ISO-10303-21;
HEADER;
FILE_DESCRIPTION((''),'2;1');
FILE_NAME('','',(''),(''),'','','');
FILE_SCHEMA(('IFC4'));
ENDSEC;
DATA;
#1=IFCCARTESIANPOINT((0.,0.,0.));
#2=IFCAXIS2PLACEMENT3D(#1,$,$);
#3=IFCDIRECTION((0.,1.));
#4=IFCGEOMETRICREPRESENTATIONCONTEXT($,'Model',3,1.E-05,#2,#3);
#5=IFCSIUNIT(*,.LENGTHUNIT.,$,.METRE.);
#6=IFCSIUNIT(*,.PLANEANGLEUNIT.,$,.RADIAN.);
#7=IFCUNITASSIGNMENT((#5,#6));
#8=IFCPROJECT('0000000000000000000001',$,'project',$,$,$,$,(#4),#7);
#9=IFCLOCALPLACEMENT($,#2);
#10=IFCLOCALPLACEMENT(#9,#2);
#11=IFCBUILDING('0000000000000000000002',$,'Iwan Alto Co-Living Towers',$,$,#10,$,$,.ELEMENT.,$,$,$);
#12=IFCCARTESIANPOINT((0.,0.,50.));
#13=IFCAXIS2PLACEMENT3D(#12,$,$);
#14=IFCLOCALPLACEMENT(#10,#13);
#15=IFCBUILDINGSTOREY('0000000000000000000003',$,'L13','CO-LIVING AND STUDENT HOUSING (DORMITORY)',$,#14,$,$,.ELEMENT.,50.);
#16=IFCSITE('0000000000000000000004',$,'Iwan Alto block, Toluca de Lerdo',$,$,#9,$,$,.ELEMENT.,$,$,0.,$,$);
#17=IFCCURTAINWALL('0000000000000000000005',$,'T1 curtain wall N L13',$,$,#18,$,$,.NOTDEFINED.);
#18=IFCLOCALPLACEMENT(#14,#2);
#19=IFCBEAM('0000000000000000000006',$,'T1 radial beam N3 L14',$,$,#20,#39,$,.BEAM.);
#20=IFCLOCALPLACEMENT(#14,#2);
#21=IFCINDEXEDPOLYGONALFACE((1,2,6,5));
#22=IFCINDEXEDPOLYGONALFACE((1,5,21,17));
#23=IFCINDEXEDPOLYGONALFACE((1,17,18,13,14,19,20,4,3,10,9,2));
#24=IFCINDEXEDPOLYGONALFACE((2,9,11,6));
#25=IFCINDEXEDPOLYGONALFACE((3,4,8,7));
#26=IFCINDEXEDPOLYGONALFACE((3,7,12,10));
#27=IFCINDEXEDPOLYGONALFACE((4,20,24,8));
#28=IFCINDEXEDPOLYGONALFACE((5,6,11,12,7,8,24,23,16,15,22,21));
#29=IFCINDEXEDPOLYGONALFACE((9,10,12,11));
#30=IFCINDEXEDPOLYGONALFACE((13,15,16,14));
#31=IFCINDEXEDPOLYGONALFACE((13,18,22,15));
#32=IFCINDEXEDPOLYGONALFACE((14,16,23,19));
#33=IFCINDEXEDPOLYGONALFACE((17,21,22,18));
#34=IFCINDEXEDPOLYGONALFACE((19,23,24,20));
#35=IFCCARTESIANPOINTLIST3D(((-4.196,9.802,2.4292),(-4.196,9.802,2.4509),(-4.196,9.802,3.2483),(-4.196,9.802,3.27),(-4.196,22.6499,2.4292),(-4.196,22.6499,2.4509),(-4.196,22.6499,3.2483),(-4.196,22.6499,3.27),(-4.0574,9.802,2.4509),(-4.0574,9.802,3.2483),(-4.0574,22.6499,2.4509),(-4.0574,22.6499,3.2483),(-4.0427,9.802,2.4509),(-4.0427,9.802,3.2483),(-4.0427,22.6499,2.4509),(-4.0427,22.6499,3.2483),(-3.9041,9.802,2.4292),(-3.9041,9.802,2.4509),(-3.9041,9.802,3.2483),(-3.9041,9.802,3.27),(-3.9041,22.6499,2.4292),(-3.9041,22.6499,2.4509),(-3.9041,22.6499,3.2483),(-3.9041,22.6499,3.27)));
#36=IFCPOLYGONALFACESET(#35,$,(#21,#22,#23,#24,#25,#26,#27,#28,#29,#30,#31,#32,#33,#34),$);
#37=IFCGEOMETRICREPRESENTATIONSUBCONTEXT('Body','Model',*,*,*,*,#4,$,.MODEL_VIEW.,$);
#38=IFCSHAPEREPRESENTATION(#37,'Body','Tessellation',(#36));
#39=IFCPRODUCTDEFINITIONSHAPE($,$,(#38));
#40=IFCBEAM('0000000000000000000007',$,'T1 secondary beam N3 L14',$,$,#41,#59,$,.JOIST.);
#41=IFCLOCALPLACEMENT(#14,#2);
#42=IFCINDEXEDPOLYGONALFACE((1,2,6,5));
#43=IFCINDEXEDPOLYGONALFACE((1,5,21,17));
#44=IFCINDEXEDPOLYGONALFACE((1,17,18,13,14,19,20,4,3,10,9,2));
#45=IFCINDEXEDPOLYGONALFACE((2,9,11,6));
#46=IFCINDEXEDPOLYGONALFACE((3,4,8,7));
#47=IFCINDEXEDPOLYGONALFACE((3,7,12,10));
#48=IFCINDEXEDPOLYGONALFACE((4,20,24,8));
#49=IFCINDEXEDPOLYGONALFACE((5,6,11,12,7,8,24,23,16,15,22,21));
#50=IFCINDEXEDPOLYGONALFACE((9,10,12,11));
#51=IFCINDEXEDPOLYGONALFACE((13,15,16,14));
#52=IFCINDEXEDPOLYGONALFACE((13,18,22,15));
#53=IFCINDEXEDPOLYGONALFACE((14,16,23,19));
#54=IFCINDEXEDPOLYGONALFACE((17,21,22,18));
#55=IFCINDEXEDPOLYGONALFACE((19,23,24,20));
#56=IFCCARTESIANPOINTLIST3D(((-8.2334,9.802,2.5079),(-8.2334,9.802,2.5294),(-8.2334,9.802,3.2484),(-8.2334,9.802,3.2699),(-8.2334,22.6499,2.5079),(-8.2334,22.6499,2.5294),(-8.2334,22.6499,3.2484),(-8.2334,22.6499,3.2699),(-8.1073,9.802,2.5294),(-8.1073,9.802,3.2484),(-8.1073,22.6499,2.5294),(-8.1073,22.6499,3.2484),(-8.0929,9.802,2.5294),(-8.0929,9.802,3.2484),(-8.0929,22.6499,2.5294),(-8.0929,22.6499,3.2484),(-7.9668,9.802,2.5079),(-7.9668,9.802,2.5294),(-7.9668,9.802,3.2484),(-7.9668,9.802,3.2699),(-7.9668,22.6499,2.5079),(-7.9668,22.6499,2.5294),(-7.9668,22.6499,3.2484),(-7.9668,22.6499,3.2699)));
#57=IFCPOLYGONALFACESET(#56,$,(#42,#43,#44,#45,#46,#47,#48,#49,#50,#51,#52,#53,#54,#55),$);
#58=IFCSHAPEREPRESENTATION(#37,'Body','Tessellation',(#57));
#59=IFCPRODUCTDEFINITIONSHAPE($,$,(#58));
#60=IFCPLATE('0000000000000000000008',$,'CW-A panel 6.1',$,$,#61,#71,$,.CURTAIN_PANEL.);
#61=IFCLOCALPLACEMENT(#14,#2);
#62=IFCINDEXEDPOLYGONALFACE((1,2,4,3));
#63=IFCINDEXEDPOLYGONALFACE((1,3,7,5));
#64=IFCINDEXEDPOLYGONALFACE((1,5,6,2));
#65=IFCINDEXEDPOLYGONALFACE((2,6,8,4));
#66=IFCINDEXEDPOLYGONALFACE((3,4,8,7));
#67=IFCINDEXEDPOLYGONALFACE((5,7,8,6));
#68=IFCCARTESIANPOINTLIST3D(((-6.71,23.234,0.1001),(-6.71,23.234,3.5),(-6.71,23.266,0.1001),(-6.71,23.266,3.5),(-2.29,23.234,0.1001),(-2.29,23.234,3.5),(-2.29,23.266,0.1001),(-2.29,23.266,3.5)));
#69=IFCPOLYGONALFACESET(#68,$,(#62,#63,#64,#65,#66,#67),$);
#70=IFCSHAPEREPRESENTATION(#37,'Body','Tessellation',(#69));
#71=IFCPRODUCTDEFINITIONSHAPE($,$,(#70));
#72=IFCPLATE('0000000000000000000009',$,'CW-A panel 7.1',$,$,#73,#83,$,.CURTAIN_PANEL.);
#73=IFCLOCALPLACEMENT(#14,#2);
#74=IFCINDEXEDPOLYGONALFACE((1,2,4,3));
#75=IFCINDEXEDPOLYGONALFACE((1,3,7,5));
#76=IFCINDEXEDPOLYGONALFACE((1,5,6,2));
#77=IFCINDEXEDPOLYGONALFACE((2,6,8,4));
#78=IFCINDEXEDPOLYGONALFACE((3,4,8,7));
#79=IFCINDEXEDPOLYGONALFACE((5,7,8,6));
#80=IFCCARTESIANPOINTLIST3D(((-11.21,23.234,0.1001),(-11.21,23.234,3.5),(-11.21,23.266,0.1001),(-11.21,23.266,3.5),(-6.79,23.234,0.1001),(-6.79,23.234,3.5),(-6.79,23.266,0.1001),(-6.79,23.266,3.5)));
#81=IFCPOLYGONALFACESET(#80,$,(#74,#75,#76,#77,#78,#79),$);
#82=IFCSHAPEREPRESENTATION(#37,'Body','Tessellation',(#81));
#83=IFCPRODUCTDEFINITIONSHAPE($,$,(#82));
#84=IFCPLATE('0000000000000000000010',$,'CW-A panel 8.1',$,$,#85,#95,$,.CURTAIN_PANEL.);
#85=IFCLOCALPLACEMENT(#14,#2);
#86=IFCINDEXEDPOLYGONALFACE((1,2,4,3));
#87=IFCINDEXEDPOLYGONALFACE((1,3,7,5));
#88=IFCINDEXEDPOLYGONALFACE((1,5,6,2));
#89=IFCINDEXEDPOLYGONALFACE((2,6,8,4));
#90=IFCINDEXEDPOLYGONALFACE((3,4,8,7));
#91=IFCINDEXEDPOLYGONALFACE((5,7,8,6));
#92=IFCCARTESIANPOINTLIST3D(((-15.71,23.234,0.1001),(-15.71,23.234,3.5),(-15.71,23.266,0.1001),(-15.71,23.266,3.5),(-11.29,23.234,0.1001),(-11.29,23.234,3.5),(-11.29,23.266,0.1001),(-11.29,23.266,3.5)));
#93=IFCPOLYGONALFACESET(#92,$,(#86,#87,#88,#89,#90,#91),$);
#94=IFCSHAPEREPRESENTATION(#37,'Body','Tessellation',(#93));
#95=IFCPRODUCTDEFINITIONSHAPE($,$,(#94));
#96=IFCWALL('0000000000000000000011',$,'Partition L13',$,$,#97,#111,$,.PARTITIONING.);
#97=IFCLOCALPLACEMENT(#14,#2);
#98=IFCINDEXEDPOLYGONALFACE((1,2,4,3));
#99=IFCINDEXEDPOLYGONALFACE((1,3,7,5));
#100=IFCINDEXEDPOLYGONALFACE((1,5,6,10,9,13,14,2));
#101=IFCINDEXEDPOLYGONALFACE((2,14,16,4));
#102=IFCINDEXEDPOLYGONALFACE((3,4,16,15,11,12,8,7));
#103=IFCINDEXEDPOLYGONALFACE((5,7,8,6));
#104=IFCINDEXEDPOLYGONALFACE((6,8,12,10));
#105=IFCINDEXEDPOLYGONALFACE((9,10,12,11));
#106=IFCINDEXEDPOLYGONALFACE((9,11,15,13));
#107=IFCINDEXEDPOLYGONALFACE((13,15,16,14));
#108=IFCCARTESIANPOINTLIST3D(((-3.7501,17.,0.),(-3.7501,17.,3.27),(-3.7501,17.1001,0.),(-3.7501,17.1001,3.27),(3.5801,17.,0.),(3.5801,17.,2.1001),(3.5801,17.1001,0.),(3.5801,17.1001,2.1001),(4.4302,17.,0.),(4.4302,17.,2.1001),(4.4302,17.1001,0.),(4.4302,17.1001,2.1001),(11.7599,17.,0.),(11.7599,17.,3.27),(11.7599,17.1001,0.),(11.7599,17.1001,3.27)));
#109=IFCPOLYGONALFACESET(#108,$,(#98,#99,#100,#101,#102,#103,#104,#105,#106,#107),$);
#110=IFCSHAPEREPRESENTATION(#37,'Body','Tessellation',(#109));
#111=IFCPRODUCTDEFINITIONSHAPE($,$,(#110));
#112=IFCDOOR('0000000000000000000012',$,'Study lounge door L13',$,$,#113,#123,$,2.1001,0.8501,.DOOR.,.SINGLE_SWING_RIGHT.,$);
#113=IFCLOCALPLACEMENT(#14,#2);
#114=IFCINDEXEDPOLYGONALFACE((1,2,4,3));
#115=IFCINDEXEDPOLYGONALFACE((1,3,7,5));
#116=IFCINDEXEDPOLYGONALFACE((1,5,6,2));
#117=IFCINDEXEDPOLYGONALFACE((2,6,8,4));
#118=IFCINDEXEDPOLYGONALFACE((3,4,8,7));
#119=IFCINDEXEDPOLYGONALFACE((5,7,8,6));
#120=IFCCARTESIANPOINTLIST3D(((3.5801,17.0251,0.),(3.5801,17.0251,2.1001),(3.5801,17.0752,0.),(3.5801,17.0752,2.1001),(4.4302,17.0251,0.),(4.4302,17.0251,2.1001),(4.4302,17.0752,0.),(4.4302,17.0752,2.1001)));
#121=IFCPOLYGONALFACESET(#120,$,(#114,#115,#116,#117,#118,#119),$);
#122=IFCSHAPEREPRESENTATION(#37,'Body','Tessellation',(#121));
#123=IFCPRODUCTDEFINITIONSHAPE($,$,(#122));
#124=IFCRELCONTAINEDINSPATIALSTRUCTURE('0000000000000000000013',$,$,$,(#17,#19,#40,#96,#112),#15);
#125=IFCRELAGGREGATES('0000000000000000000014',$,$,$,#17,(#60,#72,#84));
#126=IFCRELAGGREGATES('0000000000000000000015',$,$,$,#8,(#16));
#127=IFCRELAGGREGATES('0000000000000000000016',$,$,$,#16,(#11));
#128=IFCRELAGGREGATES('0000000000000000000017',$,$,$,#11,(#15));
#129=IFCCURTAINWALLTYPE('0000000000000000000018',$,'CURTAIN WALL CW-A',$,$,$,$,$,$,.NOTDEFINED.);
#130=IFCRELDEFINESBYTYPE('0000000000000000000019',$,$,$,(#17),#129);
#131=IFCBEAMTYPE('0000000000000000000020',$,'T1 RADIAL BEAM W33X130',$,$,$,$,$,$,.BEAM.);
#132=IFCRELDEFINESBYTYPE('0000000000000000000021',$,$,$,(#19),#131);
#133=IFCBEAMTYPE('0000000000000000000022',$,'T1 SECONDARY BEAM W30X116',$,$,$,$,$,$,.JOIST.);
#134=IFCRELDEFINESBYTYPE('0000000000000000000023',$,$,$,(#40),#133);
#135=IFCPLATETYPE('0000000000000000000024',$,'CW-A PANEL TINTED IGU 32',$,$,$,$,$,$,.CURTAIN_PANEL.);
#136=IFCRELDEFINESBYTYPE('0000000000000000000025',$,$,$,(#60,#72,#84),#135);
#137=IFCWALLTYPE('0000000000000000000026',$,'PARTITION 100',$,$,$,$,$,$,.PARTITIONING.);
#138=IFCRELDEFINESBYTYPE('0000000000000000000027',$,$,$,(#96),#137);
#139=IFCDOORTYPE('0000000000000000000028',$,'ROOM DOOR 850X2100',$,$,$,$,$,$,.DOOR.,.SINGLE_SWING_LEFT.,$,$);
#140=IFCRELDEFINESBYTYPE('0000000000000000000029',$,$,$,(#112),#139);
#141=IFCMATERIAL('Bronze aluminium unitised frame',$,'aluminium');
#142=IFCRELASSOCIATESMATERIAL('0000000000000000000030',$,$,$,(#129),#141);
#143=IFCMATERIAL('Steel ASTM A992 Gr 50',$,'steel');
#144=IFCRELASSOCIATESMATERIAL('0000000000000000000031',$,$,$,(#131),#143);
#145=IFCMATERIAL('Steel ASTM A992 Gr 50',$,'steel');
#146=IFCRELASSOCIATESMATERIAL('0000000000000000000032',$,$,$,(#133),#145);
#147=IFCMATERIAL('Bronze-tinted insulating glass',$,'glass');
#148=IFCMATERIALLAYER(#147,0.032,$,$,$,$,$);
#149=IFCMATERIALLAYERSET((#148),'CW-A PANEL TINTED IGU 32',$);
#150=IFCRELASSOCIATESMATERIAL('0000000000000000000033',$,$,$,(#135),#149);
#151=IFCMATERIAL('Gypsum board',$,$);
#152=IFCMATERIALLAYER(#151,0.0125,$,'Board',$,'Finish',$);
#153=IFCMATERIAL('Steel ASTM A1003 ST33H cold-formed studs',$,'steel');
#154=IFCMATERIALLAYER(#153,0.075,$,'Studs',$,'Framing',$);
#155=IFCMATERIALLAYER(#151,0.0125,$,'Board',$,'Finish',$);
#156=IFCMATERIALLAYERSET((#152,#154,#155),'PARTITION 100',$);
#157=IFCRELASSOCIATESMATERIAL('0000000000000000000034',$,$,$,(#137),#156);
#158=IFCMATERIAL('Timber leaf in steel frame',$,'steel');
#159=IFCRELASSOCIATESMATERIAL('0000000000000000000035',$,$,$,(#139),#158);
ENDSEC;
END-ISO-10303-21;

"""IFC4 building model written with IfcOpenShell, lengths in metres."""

from ifc_helpers import new_model, si_unit, direction, frame, frame_2d, origin, origin_2d, place, context, subcontext, project, spatial, rectangle, i_section, extrude, material, layer, layer_set, material_profile, profile_set, type_object, element, fill, aggregate, save


model = new_model("IFC4")

# Units and contexts
model_context = context("Model", 3, precision=1e-05, world=origin(), true_north=direction((0.0, 1.0)))
body_context = subcontext(model_context, "Body", "Model", "MODEL_VIEW")
ifc_project = project(units=[si_unit("LENGTHUNIT", "METRE"), si_unit("PLANEANGLEUNIT", "RADIAN")], contexts=[model_context])

# Site, building, storey
site_placement = place(None, origin())
site = spatial("IfcSite", under=ifc_project, at=site_placement, Name="Iwan Alto block, Toluca de Lerdo", CompositionType="ELEMENT", RefElevation=0.0)
building_placement = place(site_placement, origin())
building = spatial("IfcBuilding", under=site, at=building_placement, Name="Iwan Alto Co-Living Towers", CompositionType="ELEMENT")
storey_placement = place(building_placement, frame((0.0, 0.0, 50.0)))
storey = spatial("IfcBuildingStorey", under=building, at=storey_placement, Name="L13", Description="CO-LIVING AND STUDENT HOUSING (DORMITORY)", CompositionType="ELEMENT", Elevation=50.0)

# Curtain wall
ifc_material_1 = material(Name="Bronze aluminium unitised frame", Category="aluminium")
curtain_wall_type = type_object("IfcCurtainWallType", Name="CURTAIN WALL CW-A", PredefinedType="NOTDEFINED", material=ifc_material_1)
curtain_wall_placement = place(storey_placement, origin())
curtain_wall = element("IfcCurtainWall", 1, at=curtain_wall_placement, inside=storey, type_object=curtain_wall_type, Name="T1 curtain wall N L13", PredefinedType="NOTDEFINED")

# Beams
ifc_material_2 = material(Name="Steel ASTM A992 Gr 50", Category="steel")
ifc_material_profile_1 = material_profile(ifc_material_2, i_section(OverallWidth=0.292, OverallDepth=0.8408, WebThickness=0.0146, FlangeThickness=0.0217, at=origin_2d()), Name="W33X130")
ifc_profile_set_1 = profile_set([ifc_material_profile_1], Name="Steel ASTM A992 Gr 50")
beam_type_1 = type_object("IfcBeamType", Name="T1 RADIAL BEAM W33X130", PredefinedType="BEAM", material=ifc_profile_set_1)
beam_1_placement = place(storey_placement, frame((-4.05, 22.6499, 2.8496), z_axis=(0.0, -1.0, 0.0), x_axis=(1.0, 0.0, 0.0)))
element("IfcBeam", 2, at=beam_1_placement, inside=storey, type_object=beam_type_1, Name="T1 radial beam N3 L14", PredefinedType="BEAM", context=body_context, shape_type="SweptSolid", body=[
    extrude(i_section(OverallWidth=0.292, OverallDepth=0.8408, WebThickness=0.0146, FlangeThickness=0.0217, at=origin_2d()), origin(), (0.0, 0.0, 1.0), 12.8479),
])
ifc_material_3 = material(Name="Steel ASTM A992 Gr 50", Category="steel")
ifc_material_profile_2 = material_profile(ifc_material_3, i_section(OverallWidth=0.2666, OverallDepth=0.762, WebThickness=0.0144, FlangeThickness=0.0215, at=origin_2d()), Name="W30X116")
ifc_profile_set_2 = profile_set([ifc_material_profile_2], Name="Steel ASTM A992 Gr 50")
beam_type_2 = type_object("IfcBeamType", Name="T1 SECONDARY BEAM W30X116", PredefinedType="JOIST", material=ifc_profile_set_2)
beam_2_placement = place(storey_placement, frame((-8.1001, 22.6499, 2.8889), z_axis=(0.0, -1.0, 0.0), x_axis=(1.0, 0.0, 0.0)))
element("IfcBeam", 3, at=beam_2_placement, inside=storey, type_object=beam_type_2, Name="T1 secondary beam N3 L14", PredefinedType="JOIST", context=body_context, shape_type="SweptSolid", body=[
    extrude(i_section(OverallWidth=0.2666, OverallDepth=0.762, WebThickness=0.0144, FlangeThickness=0.0215, at=origin_2d()), origin(), (0.0, 0.0, 1.0), 12.8479),
])

# Plates
ifc_material_4 = material(Name="Bronze-tinted insulating glass", Category="glass")
ifc_layer_1 = layer(ifc_material_4, 0.032)
ifc_layer_set_1 = layer_set([ifc_layer_1], Name="CW-A PANEL TINTED IGU 32")
plate_type = type_object("IfcPlateType", Name="CW-A PANEL TINTED IGU 32", PredefinedType="CURTAIN_PANEL", material=ifc_layer_set_1)
plate_1_placement = place(storey_placement, frame((-4.5, 23.25, 0.1001), z_axis=(0.0, 0.0, 1.0), x_axis=(-1.0, 0.0, 0.0)))
plate_1 = element("IfcPlate", 4, at=plate_1_placement, type_object=plate_type, Name="CW-A panel 6.1", PredefinedType="CURTAIN_PANEL", context=body_context, shape_type="SweptSolid", body=[
    extrude(rectangle(XDim=4.4199, YDim=0.032, at=origin_2d()), origin(), (0.0, 0.0, 1.0), 3.3999),
])
plate_2_placement = place(storey_placement, frame((-9.0, 23.25, 0.1001), z_axis=(0.0, 0.0, 1.0), x_axis=(-1.0, 0.0, 0.0)))
plate_2 = element("IfcPlate", 5, at=plate_2_placement, type_object=plate_type, Name="CW-A panel 7.1", PredefinedType="CURTAIN_PANEL", context=body_context, shape_type="SweptSolid", body=[
    extrude(rectangle(XDim=4.4199, YDim=0.032, at=origin_2d()), origin(), (0.0, 0.0, 1.0), 3.3999),
])
plate_3_placement = place(storey_placement, frame((-13.5, 23.25, 0.1001), z_axis=(0.0, 0.0, 1.0), x_axis=(-1.0, 0.0, 0.0)))
plate_3 = element("IfcPlate", 6, at=plate_3_placement, type_object=plate_type, Name="CW-A panel 8.1", PredefinedType="CURTAIN_PANEL", context=body_context, shape_type="SweptSolid", body=[
    extrude(rectangle(XDim=4.4199, YDim=0.032, at=origin_2d()), origin(), (0.0, 0.0, 1.0), 3.3999),
])
aggregate(curtain_wall, [plate_1, plate_2, plate_3])

# Wall, opening, door
ifc_material_5 = material(Name="Gypsum board")
ifc_layer_2 = layer(ifc_material_5, 0.0125, Name="Board", Category="Finish")
ifc_material_6 = material(Name="Steel ASTM A1003 ST33H cold-formed studs", Category="steel")
ifc_layer_3 = layer(ifc_material_6, 0.075, Name="Studs", Category="Framing")
ifc_layer_4 = layer(ifc_material_5, 0.0125, Name="Board", Category="Finish")
ifc_layer_set_2 = layer_set([ifc_layer_2, ifc_layer_3, ifc_layer_4], Name="PARTITION 100")
wall_type_1 = type_object("IfcWallType", Name="PARTITION 100", PredefinedType="PARTITIONING", material=ifc_layer_set_2)
wall_1_placement = place(storey_placement, frame((-3.75, 17.05, 0.0), z_axis=(0.0, 0.0, 1.0), x_axis=(1.0, 0.0, 0.0)))
wall_1 = element("IfcWall", 7, at=wall_1_placement, inside=storey, type_object=wall_type_1, Name="Partition L13", PredefinedType="PARTITIONING", context=body_context, shape_type="SweptSolid", body=[
    extrude(rectangle(XDim=15.51, YDim=0.1001, at=frame_2d((7.7549, 0.0))), origin(), (0.0, 0.0, 1.0), 3.27),
])
opening_1_placement = place(wall_1_placement, frame((7.3301, 0.0, 0.0)))
opening_1 = element("IfcOpeningElement", 8, at=opening_1_placement, cuts=wall_1, PredefinedType="OPENING", context=body_context, shape_type="SweptSolid", body=[
    extrude(rectangle(XDim=0.8501, YDim=2.1001, at=frame_2d((0.425, 1.05))), frame((0.0, 0.0601, 0.0), z_axis=(0.0, -1.0, 0.0), x_axis=(1.0, 0.0, 0.0)), (0.0, 0.0, 1.0), 0.1201),
])
ifc_material_7 = material(Name="Timber leaf in steel frame", Category="steel")
door_type_1 = type_object("IfcDoorType", Name="ROOM DOOR 850X2100", OperationType="SINGLE_SWING_LEFT", PredefinedType="DOOR", material=ifc_material_7)
door_1_placement = place(opening_1_placement, frame((0.8501, 0.0, 0.0), z_axis=(0.0, 0.0, 1.0), x_axis=(-1.0, 0.0, 0.0)))
door_1 = element("IfcDoor", 9, at=door_1_placement, inside=storey, type_object=door_type_1, Name="Study lounge door L13", OperationType="SINGLE_SWING_RIGHT", OverallHeight=2.1001, OverallWidth=0.8501, PredefinedType="DOOR", context=body_context, shape_type="SweptSolid", body=[
    extrude(rectangle(XDim=0.8501, YDim=2.1001, at=frame_2d((0.425, 1.05))), frame((0.0, 0.0249, 0.0), z_axis=(0.0, -1.0, 0.0), x_axis=(1.0, 0.0, 0.0)), (0.0, 0.0, 1.0), 0.05),
])
fill(opening_1, door_1)

save(model, "model.ifc")
